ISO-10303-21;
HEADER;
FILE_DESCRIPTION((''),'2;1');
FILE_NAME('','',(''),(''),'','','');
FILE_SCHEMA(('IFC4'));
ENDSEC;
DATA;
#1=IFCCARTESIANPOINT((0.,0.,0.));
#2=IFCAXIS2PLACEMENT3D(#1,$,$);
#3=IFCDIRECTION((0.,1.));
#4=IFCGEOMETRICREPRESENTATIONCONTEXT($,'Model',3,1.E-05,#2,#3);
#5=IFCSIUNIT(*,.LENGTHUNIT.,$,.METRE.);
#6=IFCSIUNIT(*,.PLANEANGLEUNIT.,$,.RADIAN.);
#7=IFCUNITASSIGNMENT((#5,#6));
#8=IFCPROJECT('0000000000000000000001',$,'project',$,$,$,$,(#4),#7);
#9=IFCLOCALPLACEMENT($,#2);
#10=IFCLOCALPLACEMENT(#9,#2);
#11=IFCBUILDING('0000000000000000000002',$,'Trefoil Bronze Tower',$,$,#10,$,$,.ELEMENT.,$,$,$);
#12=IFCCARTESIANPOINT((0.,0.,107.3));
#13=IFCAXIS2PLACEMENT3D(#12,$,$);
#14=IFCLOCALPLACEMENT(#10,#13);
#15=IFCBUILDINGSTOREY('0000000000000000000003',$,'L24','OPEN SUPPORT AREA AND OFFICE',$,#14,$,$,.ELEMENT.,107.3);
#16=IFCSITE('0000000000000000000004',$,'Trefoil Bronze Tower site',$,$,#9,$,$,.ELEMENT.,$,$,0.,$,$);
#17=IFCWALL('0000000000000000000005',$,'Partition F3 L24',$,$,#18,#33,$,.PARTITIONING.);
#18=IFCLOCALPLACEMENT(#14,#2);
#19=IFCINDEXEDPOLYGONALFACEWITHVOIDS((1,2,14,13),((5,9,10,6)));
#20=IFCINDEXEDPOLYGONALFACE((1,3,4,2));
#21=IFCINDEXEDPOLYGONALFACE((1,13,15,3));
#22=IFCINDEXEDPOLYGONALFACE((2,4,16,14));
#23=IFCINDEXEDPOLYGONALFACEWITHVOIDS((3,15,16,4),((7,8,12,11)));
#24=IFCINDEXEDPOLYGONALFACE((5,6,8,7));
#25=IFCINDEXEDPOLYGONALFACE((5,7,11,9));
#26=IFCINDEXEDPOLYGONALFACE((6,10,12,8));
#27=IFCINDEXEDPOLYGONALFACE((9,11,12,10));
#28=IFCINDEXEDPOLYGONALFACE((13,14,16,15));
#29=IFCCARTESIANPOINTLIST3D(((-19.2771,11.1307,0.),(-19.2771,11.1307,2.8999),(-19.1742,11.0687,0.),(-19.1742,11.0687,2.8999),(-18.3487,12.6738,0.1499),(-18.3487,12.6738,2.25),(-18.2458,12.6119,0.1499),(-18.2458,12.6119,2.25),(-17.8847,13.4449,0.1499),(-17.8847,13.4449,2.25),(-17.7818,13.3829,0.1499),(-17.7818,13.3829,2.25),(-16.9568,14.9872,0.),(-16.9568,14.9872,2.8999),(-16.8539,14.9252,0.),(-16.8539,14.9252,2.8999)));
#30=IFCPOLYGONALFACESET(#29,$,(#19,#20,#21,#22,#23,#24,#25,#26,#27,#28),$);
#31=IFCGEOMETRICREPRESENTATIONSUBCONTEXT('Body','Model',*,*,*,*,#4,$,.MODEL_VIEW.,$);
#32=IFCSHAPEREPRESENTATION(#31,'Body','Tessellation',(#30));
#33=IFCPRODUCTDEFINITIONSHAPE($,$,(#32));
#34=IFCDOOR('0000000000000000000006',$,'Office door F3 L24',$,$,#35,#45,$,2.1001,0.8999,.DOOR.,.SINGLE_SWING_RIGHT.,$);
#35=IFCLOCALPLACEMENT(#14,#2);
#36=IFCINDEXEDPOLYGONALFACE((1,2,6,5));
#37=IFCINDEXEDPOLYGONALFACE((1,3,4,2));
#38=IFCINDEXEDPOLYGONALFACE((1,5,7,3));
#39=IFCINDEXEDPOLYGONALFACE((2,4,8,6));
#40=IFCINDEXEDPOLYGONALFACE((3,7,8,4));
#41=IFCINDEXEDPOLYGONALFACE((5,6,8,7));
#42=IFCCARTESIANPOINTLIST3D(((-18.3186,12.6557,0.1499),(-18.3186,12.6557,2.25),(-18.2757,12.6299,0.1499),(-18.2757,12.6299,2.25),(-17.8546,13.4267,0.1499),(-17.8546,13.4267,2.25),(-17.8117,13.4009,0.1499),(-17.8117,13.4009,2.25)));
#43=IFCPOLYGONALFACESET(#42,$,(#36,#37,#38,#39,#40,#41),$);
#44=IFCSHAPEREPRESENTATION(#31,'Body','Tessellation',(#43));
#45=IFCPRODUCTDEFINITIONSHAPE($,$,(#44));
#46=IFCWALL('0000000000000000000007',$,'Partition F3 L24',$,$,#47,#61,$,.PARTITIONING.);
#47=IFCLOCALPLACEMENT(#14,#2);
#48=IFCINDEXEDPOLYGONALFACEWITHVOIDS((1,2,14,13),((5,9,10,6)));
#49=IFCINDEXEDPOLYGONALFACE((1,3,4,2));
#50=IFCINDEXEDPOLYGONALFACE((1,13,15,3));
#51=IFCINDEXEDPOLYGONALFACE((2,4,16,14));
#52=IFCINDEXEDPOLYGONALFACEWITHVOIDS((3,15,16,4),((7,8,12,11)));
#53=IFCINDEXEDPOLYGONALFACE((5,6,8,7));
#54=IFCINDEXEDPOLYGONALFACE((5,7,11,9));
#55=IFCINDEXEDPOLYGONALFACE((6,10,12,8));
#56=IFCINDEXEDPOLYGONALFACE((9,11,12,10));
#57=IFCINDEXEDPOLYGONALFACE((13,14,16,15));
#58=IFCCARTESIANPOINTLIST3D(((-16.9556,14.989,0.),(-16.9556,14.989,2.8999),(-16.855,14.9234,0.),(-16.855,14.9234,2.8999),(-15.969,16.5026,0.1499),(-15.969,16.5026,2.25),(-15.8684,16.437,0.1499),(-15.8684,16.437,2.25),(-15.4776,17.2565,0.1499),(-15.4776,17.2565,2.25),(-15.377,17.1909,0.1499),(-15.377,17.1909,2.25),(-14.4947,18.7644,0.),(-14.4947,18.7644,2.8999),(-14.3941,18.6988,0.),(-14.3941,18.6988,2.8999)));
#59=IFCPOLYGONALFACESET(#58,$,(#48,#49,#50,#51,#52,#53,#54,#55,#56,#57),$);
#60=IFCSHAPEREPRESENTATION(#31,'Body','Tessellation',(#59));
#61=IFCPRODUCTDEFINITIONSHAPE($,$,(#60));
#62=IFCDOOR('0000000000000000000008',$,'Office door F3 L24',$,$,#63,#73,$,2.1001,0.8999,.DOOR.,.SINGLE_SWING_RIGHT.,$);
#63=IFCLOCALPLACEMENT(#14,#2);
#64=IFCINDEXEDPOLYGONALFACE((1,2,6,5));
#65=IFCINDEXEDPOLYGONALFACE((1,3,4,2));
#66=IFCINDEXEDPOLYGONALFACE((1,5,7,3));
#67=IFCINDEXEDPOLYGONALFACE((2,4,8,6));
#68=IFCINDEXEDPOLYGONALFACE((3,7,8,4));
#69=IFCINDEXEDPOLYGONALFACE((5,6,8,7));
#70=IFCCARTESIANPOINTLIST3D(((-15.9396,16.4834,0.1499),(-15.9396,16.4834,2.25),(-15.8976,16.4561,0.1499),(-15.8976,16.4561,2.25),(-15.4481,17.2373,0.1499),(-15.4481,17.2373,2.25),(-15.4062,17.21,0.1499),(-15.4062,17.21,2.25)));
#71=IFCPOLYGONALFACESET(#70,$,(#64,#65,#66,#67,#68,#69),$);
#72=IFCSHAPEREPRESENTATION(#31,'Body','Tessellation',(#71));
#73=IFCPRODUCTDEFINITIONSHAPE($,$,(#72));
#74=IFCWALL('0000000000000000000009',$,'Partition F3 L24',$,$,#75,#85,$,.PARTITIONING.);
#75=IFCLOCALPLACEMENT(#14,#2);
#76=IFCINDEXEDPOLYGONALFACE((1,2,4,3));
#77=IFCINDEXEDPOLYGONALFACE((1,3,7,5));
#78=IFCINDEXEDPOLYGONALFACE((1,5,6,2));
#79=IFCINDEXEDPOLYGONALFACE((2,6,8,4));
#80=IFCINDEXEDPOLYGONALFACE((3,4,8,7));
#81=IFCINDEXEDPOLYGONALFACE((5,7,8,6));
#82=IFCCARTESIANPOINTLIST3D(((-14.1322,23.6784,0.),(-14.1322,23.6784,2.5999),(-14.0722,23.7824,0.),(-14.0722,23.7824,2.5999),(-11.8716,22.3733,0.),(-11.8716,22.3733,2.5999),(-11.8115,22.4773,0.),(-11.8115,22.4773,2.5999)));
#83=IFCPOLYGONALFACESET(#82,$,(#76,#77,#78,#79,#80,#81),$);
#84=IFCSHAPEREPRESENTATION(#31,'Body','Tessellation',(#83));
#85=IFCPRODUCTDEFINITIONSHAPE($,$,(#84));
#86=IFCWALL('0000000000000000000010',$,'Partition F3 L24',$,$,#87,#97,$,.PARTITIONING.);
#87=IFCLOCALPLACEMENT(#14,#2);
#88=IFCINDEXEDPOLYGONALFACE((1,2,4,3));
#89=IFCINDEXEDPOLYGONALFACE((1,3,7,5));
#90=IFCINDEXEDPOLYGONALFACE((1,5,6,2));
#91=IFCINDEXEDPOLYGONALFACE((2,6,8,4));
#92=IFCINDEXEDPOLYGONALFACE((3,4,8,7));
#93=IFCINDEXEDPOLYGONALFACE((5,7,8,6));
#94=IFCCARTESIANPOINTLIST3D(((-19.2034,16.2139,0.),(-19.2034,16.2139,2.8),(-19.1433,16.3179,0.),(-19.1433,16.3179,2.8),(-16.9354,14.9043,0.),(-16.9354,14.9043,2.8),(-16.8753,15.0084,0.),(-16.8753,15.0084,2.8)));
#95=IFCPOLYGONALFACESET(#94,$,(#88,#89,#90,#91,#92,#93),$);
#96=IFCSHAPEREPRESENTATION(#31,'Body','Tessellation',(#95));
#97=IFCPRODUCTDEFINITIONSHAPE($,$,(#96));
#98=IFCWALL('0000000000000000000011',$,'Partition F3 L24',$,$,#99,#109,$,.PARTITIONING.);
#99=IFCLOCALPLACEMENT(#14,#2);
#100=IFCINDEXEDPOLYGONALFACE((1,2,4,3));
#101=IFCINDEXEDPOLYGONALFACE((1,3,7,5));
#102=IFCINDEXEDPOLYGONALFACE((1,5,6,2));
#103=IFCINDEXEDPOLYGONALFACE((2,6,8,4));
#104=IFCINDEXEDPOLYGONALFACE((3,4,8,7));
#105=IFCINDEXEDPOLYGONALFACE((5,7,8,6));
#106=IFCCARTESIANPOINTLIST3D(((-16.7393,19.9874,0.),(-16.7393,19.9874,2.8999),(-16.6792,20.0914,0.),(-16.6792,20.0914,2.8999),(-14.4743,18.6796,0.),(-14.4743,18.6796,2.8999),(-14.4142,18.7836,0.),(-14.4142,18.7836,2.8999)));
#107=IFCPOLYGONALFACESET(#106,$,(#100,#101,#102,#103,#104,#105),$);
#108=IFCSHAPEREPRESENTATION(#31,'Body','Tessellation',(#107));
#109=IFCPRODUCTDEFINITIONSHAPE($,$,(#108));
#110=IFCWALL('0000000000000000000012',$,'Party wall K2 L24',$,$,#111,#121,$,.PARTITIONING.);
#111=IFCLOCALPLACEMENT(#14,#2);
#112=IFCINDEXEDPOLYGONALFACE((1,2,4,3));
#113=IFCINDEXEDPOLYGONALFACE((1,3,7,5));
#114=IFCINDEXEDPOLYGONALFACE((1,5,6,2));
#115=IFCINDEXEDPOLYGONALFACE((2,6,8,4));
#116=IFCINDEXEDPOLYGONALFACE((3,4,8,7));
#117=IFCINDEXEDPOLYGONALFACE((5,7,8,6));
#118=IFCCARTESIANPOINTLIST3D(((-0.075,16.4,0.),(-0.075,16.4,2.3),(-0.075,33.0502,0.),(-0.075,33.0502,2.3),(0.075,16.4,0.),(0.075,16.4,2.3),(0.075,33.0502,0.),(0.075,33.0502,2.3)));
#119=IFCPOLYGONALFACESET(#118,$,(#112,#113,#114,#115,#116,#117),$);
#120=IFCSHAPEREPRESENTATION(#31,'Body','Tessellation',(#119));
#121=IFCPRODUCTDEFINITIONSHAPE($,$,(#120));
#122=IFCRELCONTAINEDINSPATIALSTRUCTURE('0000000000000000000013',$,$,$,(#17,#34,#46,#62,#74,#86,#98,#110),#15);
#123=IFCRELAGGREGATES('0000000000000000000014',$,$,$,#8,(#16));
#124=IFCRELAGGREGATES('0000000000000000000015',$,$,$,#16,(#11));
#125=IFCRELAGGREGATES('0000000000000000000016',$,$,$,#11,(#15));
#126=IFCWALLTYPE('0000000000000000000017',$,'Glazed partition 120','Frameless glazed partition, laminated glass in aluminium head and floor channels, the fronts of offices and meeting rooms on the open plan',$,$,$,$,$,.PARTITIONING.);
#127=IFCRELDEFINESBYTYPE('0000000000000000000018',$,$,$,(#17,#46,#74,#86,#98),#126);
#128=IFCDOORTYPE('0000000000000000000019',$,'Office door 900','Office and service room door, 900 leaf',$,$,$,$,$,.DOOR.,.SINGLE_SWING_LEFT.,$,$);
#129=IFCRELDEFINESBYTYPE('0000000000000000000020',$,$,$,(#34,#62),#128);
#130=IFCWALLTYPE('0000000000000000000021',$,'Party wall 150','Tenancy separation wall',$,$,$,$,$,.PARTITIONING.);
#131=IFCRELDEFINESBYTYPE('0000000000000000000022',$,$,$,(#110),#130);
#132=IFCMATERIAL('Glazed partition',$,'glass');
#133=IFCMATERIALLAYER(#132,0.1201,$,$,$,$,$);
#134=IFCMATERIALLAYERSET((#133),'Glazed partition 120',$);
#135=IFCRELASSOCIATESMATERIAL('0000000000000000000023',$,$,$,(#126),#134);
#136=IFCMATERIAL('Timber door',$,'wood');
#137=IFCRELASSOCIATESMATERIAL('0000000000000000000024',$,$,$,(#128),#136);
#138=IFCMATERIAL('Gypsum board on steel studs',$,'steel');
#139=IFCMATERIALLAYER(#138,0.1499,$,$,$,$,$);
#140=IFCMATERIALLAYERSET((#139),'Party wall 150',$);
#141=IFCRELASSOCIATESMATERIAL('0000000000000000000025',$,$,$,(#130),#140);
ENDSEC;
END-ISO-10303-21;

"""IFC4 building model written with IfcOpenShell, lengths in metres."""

from ifc_helpers import new_model, si_unit, direction, frame, frame_2d, origin, place, context, subcontext, project, spatial, rectangle, extrude, material, layer, layer_set, type_object, element, fill, save


model = new_model("IFC4")

# Units and contexts
model_context = context("Model", 3, precision=1e-05, world=origin(), true_north=direction((0.0, 1.0)))
body_context = subcontext(model_context, "Body", "Model", "MODEL_VIEW")
ifc_project = project(units=[si_unit("LENGTHUNIT", "METRE"), si_unit("PLANEANGLEUNIT", "RADIAN")], contexts=[model_context])

# Site, building, storey
site_placement = place(None, origin())
site = spatial("IfcSite", under=ifc_project, at=site_placement, Name="Trefoil Bronze Tower site", CompositionType="ELEMENT", RefElevation=0.0)
building_placement = place(site_placement, origin())
building = spatial("IfcBuilding", under=site, at=building_placement, Name="Trefoil Bronze Tower", CompositionType="ELEMENT")
storey_placement = place(building_placement, frame((0.0, 0.0, 107.3)))
storey = spatial("IfcBuildingStorey", under=building, at=storey_placement, Name="L24", Description="OPEN SUPPORT AREA AND OFFICE", CompositionType="ELEMENT", Elevation=107.3)

# Shared definitions
ifc_material_1 = material(Name="Glazed partition", Category="glass")
ifc_layer_1 = layer(ifc_material_1, 0.1201)
ifc_layer_set_1 = layer_set([ifc_layer_1], Name="Glazed partition 120")
wall_type_1 = type_object("IfcWallType", Name="Glazed partition 120", Description="Frameless glazed partition, laminated glass in aluminium head and floor channels, the fronts of offices and meeting rooms on the open plan", PredefinedType="PARTITIONING", material=ifc_layer_set_1)
ifc_material_2 = material(Name="Timber door", Category="wood")
door_type_1 = type_object("IfcDoorType", Name="Office door 900", Description="Office and service room door, 900 leaf", OperationType="SINGLE_SWING_LEFT", PredefinedType="DOOR", material=ifc_material_2)

# Walls, openings, doors
wall_1_placement = place(storey_placement, frame((-16.9053, 14.9563, 0.0), z_axis=(0.0, 0.0, 1.0), x_axis=(-0.515548, -0.85686, 0.0)))
wall_1 = element("IfcWall", 1, at=wall_1_placement, inside=storey, type_object=wall_type_1, Name="Partition F3 L24", PredefinedType="PARTITIONING", context=body_context, shape_type="SweptSolid", body=[
    extrude(rectangle(XDim=4.5007, YDim=0.1201, at=frame_2d((2.2505, 0.0))), origin(), (0.0, 0.0, 1.0), 2.8999),
])
opening_1_placement = place(wall_1_placement, frame((1.8, 0.0, 0.1499)))
opening_1 = element("IfcOpeningElement", 2, at=opening_1_placement, cuts=wall_1, PredefinedType="OPENING", context=body_context, shape_type="SweptSolid", body=[
    extrude(rectangle(XDim=0.8999, YDim=2.1001, at=frame_2d((0.45, 1.05))), frame((0.0, 0.0701, 0.0), z_axis=(0.0, -1.0, 0.0), x_axis=(1.0, 0.0, 0.0)), (0.0, 0.0, 1.0), 0.1401),
])
door_1_placement = place(opening_1_placement, frame((0.8999, 0.0, 0.0), z_axis=(0.0, 0.0, 1.0), x_axis=(-1.0, 0.0, 0.0)))
door_1 = element("IfcDoor", 3, at=door_1_placement, inside=storey, type_object=door_type_1, Name="Office door F3 L24", OperationType="SINGLE_SWING_RIGHT", OverallHeight=2.1001, OverallWidth=0.8999, PredefinedType="DOOR", context=body_context, shape_type="SweptSolid", body=[
    extrude(rectangle(XDim=0.8999, YDim=2.1001, at=frame_2d((0.45, 1.05))), frame((0.0, 0.0249, 0.0), z_axis=(0.0, -1.0, 0.0), x_axis=(1.0, 0.0, 0.0)), (0.0, 0.0, 1.0), 0.05),
])
fill(opening_1, door_1)
wall_2_placement = place(storey_placement, frame((-14.4443, 18.7317, 0.0), z_axis=(0.0, 0.0, 1.0), x_axis=(-0.546069, -0.83774, 0.0)))
wall_2 = element("IfcWall", 4, at=wall_2_placement, inside=storey, type_object=wall_type_1, Name="Partition F3 L24", PredefinedType="PARTITIONING", context=body_context, shape_type="SweptSolid", body=[
    extrude(rectangle(XDim=4.5066, YDim=0.1201, at=frame_2d((2.2534, 0.0))), origin(), (0.0, 0.0, 1.0), 2.8999),
])
opening_2_placement = place(wall_2_placement, frame((1.8, 0.0, 0.1499)))
opening_2 = element("IfcOpeningElement", 5, at=opening_2_placement, cuts=wall_2, PredefinedType="OPENING", context=body_context, shape_type="SweptSolid", body=[
    extrude(rectangle(XDim=0.8999, YDim=2.1001, at=frame_2d((0.45, 1.05))), frame((0.0, 0.0701, 0.0), z_axis=(0.0, -1.0, 0.0), x_axis=(1.0, 0.0, 0.0)), (0.0, 0.0, 1.0), 0.1401),
])
door_2_placement = place(opening_2_placement, frame((0.8999, 0.0, 0.0), z_axis=(0.0, 0.0, 1.0), x_axis=(-1.0, 0.0, 0.0)))
door_2 = element("IfcDoor", 6, at=door_2_placement, inside=storey, type_object=door_type_1, Name="Office door F3 L24", OperationType="SINGLE_SWING_RIGHT", OverallHeight=2.1001, OverallWidth=0.8999, PredefinedType="DOOR", context=body_context, shape_type="SweptSolid", body=[
    extrude(rectangle(XDim=0.8999, YDim=2.1001, at=frame_2d((0.45, 1.05))), frame((0.0, 0.0249, 0.0), z_axis=(0.0, -1.0, 0.0), x_axis=(1.0, 0.0, 0.0)), (0.0, 0.0, 1.0), 0.05),
])
fill(opening_2, door_2)

# Walls
wall_3_placement = place(storey_placement, frame((-11.8416, 22.4253, 0.0), z_axis=(0.0, 0.0, 1.0), x_axis=(-0.866036, 0.499982, 0.0)))
element("IfcWall", 7, at=wall_3_placement, inside=storey, type_object=wall_type_1, Name="Partition F3 L24", PredefinedType="PARTITIONING", context=body_context, shape_type="SweptSolid", body=[
    extrude(rectangle(XDim=2.6104, YDim=0.1201, at=frame_2d((1.3052, 0.0))), origin(), (0.0, 0.0, 1.0), 2.5999),
])
wall_4_placement = place(storey_placement, frame((-16.9053, 14.9563, 0.0), z_axis=(0.0, 0.0, 1.0), x_axis=(-0.866009, 0.500029, 0.0)))
element("IfcWall", 8, at=wall_4_placement, inside=storey, type_object=wall_type_1, Name="Partition F3 L24", PredefinedType="PARTITIONING", context=body_context, shape_type="SweptSolid", body=[
    extrude(rectangle(XDim=2.6189, YDim=0.1201, at=frame_2d((1.3096, 0.0))), origin(), (0.0, 0.0, 1.0), 2.8),
])
wall_5_placement = place(storey_placement, frame((-14.4443, 18.7317, 0.0), z_axis=(0.0, 0.0, 1.0), x_axis=(-0.866011, 0.500024, 0.0)))
element("IfcWall", 9, at=wall_5_placement, inside=storey, type_object=wall_type_1, Name="Partition F3 L24", PredefinedType="PARTITIONING", context=body_context, shape_type="SweptSolid", body=[
    extrude(rectangle(XDim=2.6155, YDim=0.1201, at=frame_2d((1.3076, 0.0))), origin(), (0.0, 0.0, 1.0), 2.8999),
])
ifc_material_3 = material(Name="Gypsum board on steel studs", Category="steel")
ifc_layer_2 = layer(ifc_material_3, 0.1499)
ifc_layer_set_2 = layer_set([ifc_layer_2], Name="Party wall 150")
wall_type_2 = type_object("IfcWallType", Name="Party wall 150", Description="Tenancy separation wall", PredefinedType="PARTITIONING", material=ifc_layer_set_2)
wall_6_placement = place(storey_placement, frame((0.0, 16.3999, 0.0), z_axis=(0.0, 0.0, 1.0), x_axis=(0.0, 1.0, 0.0)))
element("IfcWall", 10, at=wall_6_placement, inside=storey, type_object=wall_type_2, Name="Party wall K2 L24", PredefinedType="PARTITIONING", context=body_context, shape_type="SweptSolid", body=[
    extrude(rectangle(XDim=16.6501, YDim=0.1499, at=frame_2d((8.3252, 0.0))), origin(), (0.0, 0.0, 1.0), 2.3),
])

save(model, "model.ifc")
